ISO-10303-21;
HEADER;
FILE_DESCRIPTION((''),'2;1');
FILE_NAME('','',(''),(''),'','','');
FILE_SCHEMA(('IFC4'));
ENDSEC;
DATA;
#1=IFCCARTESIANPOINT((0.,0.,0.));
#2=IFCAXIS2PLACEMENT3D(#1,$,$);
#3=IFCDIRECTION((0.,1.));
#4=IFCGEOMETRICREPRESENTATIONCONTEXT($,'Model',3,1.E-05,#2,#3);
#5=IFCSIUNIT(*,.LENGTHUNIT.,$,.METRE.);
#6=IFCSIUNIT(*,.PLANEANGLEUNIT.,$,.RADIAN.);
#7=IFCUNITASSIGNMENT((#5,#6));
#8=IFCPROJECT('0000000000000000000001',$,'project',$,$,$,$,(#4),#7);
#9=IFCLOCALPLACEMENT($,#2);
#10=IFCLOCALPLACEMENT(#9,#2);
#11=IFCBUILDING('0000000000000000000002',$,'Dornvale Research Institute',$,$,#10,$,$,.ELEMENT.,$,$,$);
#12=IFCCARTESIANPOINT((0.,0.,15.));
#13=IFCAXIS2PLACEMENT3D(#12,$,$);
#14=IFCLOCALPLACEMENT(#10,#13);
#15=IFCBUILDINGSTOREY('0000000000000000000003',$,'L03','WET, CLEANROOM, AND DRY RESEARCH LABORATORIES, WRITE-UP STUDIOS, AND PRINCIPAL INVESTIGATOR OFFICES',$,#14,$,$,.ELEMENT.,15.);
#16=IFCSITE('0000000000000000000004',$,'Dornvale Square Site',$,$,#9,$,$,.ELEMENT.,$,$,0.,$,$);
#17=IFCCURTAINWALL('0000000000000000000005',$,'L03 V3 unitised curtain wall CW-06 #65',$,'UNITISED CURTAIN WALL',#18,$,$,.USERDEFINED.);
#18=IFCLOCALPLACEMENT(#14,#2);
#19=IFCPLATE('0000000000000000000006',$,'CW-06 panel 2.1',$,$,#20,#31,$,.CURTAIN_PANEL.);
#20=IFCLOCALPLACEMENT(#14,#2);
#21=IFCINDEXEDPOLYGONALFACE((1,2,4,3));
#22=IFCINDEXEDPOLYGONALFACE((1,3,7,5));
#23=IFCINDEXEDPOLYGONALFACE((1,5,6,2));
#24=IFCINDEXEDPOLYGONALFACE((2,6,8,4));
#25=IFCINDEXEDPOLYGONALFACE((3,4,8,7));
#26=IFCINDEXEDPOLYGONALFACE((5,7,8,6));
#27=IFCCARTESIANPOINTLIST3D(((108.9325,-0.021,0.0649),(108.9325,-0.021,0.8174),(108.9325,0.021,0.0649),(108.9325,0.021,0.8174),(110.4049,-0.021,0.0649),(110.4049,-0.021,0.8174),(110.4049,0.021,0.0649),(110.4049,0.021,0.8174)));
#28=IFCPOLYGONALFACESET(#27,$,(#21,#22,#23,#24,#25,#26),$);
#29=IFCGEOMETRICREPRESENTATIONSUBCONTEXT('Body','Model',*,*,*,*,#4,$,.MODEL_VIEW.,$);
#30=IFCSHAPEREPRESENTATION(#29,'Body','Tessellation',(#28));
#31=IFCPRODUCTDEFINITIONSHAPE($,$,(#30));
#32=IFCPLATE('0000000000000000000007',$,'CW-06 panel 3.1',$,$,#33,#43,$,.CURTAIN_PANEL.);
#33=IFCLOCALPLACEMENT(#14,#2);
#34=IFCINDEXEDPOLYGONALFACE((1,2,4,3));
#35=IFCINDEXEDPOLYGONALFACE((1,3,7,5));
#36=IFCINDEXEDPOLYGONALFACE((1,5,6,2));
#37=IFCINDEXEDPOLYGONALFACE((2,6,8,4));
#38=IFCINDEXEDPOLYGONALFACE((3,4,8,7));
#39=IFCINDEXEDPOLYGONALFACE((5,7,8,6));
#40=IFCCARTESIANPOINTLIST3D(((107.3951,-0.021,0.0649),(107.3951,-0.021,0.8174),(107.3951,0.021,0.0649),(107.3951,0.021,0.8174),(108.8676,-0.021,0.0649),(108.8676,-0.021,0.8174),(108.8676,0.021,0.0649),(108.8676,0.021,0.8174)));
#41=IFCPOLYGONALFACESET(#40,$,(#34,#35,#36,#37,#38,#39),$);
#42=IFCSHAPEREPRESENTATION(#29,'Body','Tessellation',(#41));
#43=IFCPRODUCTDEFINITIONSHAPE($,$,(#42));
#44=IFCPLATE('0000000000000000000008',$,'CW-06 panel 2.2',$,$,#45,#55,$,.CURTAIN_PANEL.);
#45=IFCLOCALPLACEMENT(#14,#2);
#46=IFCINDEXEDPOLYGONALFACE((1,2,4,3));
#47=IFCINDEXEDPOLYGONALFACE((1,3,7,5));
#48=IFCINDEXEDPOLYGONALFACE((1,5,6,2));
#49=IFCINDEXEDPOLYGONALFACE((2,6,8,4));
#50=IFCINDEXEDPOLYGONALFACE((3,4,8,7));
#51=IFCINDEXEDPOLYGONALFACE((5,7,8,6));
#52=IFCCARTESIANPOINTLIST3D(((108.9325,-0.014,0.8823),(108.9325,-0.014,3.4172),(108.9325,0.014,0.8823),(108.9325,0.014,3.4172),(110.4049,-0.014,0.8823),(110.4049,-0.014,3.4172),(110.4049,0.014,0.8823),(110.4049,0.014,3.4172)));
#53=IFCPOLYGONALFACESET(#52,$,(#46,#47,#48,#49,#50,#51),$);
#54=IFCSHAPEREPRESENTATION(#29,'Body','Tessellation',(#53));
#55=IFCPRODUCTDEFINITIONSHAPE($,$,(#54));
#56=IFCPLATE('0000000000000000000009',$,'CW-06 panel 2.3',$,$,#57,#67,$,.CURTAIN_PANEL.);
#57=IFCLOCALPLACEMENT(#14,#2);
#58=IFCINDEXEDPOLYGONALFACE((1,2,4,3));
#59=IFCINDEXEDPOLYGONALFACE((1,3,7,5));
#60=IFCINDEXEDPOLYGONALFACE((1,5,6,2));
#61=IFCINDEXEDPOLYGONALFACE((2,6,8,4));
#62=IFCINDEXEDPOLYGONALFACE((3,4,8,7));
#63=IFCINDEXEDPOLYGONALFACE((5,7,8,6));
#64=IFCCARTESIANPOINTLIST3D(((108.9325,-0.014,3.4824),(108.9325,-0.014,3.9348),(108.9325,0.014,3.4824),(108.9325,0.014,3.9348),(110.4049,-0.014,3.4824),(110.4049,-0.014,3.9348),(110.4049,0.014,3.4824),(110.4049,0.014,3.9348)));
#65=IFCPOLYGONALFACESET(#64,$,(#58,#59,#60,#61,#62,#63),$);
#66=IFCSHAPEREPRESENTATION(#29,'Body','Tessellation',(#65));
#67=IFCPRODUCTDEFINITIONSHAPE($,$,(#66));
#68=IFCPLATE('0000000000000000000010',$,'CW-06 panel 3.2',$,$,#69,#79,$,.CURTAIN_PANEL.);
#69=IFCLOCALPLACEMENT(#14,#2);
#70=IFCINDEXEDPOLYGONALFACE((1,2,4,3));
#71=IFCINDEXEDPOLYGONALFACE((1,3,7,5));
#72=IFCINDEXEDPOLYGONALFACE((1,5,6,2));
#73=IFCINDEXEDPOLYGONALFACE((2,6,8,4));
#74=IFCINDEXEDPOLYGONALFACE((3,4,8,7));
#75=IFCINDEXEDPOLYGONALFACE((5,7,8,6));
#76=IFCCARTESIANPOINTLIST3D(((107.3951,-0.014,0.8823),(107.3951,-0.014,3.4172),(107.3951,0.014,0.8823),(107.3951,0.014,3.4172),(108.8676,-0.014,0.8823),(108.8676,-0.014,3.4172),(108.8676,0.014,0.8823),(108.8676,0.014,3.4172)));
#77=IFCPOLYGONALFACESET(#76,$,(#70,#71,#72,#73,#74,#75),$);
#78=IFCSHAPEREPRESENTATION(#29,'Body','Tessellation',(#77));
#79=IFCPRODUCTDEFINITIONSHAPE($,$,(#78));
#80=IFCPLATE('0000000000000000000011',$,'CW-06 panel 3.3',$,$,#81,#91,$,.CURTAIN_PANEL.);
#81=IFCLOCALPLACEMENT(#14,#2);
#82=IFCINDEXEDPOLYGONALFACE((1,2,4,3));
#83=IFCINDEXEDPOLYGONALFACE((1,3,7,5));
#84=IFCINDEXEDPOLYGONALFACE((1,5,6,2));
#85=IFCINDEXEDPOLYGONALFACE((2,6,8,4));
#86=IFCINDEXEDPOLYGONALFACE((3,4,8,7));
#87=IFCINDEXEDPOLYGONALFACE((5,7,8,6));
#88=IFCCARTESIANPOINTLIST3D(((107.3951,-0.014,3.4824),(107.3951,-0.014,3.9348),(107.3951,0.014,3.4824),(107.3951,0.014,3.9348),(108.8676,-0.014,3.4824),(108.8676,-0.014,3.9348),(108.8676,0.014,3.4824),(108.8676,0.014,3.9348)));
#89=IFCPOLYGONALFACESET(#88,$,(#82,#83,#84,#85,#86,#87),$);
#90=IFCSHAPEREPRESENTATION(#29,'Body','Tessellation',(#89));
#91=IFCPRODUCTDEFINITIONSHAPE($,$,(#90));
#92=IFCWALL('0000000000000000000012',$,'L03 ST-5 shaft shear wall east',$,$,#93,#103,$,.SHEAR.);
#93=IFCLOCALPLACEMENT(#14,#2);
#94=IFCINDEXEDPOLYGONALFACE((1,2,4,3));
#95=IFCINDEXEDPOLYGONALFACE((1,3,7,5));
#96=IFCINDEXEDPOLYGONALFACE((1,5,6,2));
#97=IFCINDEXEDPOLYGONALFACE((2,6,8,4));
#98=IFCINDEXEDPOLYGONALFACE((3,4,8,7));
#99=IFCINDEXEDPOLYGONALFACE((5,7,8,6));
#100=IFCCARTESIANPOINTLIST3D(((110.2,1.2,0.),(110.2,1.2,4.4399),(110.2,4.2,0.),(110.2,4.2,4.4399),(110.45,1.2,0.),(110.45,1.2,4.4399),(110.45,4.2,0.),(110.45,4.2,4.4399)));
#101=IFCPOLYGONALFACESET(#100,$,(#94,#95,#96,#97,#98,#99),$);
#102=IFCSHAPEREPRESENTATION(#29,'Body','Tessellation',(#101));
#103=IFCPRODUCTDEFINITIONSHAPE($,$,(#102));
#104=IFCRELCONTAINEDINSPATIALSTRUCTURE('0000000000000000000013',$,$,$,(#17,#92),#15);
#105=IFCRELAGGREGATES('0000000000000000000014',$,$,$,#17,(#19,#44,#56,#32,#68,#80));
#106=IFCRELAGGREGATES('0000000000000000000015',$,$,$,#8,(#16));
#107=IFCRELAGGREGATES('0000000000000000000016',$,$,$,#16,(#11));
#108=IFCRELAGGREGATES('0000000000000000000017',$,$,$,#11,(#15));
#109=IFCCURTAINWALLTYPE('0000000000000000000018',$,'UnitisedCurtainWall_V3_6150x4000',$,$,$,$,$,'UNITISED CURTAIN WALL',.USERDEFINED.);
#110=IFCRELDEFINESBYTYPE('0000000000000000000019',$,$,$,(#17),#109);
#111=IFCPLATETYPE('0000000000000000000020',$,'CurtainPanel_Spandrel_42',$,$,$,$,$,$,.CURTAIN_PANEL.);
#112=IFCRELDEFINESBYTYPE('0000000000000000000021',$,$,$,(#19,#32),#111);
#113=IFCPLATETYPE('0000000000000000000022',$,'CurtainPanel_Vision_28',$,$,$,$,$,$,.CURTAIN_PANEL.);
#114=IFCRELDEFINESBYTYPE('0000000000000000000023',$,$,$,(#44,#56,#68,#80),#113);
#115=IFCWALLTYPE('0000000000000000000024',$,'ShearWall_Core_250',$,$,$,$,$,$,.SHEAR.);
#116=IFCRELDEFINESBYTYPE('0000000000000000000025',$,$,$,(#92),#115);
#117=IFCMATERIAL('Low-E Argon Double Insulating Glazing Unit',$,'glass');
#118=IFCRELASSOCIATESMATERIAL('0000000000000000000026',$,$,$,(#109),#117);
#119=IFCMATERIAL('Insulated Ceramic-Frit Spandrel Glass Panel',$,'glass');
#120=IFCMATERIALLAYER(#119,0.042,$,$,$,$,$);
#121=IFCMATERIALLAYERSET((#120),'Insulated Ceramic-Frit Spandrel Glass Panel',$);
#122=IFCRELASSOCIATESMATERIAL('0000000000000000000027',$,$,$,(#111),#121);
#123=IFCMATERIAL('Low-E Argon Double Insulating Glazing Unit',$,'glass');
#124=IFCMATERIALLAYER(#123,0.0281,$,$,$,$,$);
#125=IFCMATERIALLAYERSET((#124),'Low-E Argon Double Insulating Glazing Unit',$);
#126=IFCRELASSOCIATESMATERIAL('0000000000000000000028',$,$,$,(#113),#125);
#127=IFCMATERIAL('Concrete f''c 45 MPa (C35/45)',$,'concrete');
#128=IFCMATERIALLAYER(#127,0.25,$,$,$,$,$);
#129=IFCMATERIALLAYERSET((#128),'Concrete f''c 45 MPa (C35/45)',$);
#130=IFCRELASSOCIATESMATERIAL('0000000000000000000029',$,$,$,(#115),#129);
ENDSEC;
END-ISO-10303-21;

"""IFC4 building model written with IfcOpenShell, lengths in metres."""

from ifc_helpers import new_model, si_unit, direction, frame, frame_2d, origin, origin_2d, place, context, subcontext, project, spatial, rectangle, extrude, material, layer, layer_set, type_object, element, aggregate, save


model = new_model("IFC4")

# Units and contexts
model_context = context("Model", 3, precision=1e-05, world=origin(), true_north=direction((0.0, 1.0)))
body_context = subcontext(model_context, "Body", "Model", "MODEL_VIEW")
ifc_project = project(units=[si_unit("LENGTHUNIT", "METRE"), si_unit("PLANEANGLEUNIT", "RADIAN")], contexts=[model_context])

# Site, building, storey
site_placement = place(None, origin())
site = spatial("IfcSite", under=ifc_project, at=site_placement, Name="Dornvale Square Site", CompositionType="ELEMENT", RefElevation=0.0)
building_placement = place(site_placement, origin())
building = spatial("IfcBuilding", under=site, at=building_placement, Name="Dornvale Research Institute", CompositionType="ELEMENT")
storey_placement = place(building_placement, frame((0.0, 0.0, 15.0)))
storey = spatial("IfcBuildingStorey", under=building, at=storey_placement, Name="L03", Description="WET, CLEANROOM, AND DRY RESEARCH LABORATORIES, WRITE-UP STUDIOS, AND PRINCIPAL INVESTIGATOR OFFICES", CompositionType="ELEMENT", Elevation=15.0)

# Curtain wall, plates
ifc_material_1 = material(Name="Low-E Argon Double Insulating Glazing Unit", Category="glass")
curtain_wall_type = type_object("IfcCurtainWallType", Name="UnitisedCurtainWall_V3_6150x4000", ElementType="UNITISED CURTAIN WALL", PredefinedType="USERDEFINED", material=ifc_material_1)
curtain_wall_placement = place(storey_placement, origin())
curtain_wall = element("IfcCurtainWall", 1, at=curtain_wall_placement, inside=storey, type_object=curtain_wall_type, Name="L03 V3 unitised curtain wall CW-06 #65", ObjectType="UNITISED CURTAIN WALL", PredefinedType="USERDEFINED")
ifc_material_2 = material(Name="Insulated Ceramic-Frit Spandrel Glass Panel", Category="glass")
ifc_layer_1 = layer(ifc_material_2, 0.042)
ifc_layer_set_1 = layer_set([ifc_layer_1], Name="Insulated Ceramic-Frit Spandrel Glass Panel")
plate_type_1 = type_object("IfcPlateType", Name="CurtainPanel_Spandrel_42", PredefinedType="CURTAIN_PANEL", material=ifc_layer_set_1)
plate_1_placement = place(storey_placement, frame((109.6687, 0.0, 0.0649), z_axis=(0.0, 0.0, 1.0), x_axis=(-1.0, 0.0, 0.0)))
plate_1 = element("IfcPlate", 2, at=plate_1_placement, type_object=plate_type_1, Name="CW-06 panel 2.1", PredefinedType="CURTAIN_PANEL", context=body_context, shape_type="SweptSolid", body=[
    extrude(rectangle(XDim=1.4724, YDim=0.042, at=origin_2d()), origin(), (0.0, 0.0, 1.0), 0.7524),
])
plate_2_placement = place(storey_placement, frame((108.1313, 0.0, 0.0649), z_axis=(0.0, 0.0, 1.0), x_axis=(-1.0, 0.0, 0.0)))
plate_2 = element("IfcPlate", 3, at=plate_2_placement, type_object=plate_type_1, Name="CW-06 panel 3.1", PredefinedType="CURTAIN_PANEL", context=body_context, shape_type="SweptSolid", body=[
    extrude(rectangle(XDim=1.4724, YDim=0.042, at=origin_2d()), origin(), (0.0, 0.0, 1.0), 0.7524),
])
ifc_material_3 = material(Name="Low-E Argon Double Insulating Glazing Unit", Category="glass")
ifc_layer_2 = layer(ifc_material_3, 0.0281)
ifc_layer_set_2 = layer_set([ifc_layer_2], Name="Low-E Argon Double Insulating Glazing Unit")
plate_type_2 = type_object("IfcPlateType", Name="CurtainPanel_Vision_28", PredefinedType="CURTAIN_PANEL", material=ifc_layer_set_2)
plate_3_placement = place(storey_placement, frame((109.6687, 0.0, 0.8823), z_axis=(0.0, 0.0, 1.0), x_axis=(-1.0, 0.0, 0.0)))
plate_3 = element("IfcPlate", 4, at=plate_3_placement, type_object=plate_type_2, Name="CW-06 panel 2.2", PredefinedType="CURTAIN_PANEL", context=body_context, shape_type="SweptSolid", body=[
    extrude(rectangle(XDim=1.4724, YDim=0.0281, at=origin_2d()), origin(), (0.0, 0.0, 1.0), 2.5349),
])
plate_4_placement = place(storey_placement, frame((109.6687, 0.0, 3.4824), z_axis=(0.0, 0.0, 1.0), x_axis=(-1.0, 0.0, 0.0)))
plate_4 = element("IfcPlate", 5, at=plate_4_placement, type_object=plate_type_2, Name="CW-06 panel 2.3", PredefinedType="CURTAIN_PANEL", context=body_context, shape_type="SweptSolid", body=[
    extrude(rectangle(XDim=1.4724, YDim=0.0281, at=origin_2d()), origin(), (0.0, 0.0, 1.0), 0.4524),
])
plate_5_placement = place(storey_placement, frame((108.1313, 0.0, 0.8823), z_axis=(0.0, 0.0, 1.0), x_axis=(-1.0, 0.0, 0.0)))
plate_5 = element("IfcPlate", 6, at=plate_5_placement, type_object=plate_type_2, Name="CW-06 panel 3.2", PredefinedType="CURTAIN_PANEL", context=body_context, shape_type="SweptSolid", body=[
    extrude(rectangle(XDim=1.4724, YDim=0.0281, at=origin_2d()), origin(), (0.0, 0.0, 1.0), 2.5349),
])
plate_6_placement = place(storey_placement, frame((108.1313, 0.0, 3.4824), z_axis=(0.0, 0.0, 1.0), x_axis=(-1.0, 0.0, 0.0)))
plate_6 = element("IfcPlate", 7, at=plate_6_placement, type_object=plate_type_2, Name="CW-06 panel 3.3", PredefinedType="CURTAIN_PANEL", context=body_context, shape_type="SweptSolid", body=[
    extrude(rectangle(XDim=1.4724, YDim=0.0281, at=origin_2d()), origin(), (0.0, 0.0, 1.0), 0.4524),
])
aggregate(curtain_wall, [plate_1, plate_3, plate_4, plate_2, plate_5, plate_6])

# Wall
ifc_material_4 = material(Name="Concrete f'c 45 MPa (C35/45)", Category="concrete")
ifc_layer_3 = layer(ifc_material_4, 0.25)
ifc_layer_set_3 = layer_set([ifc_layer_3], Name="Concrete f'c 45 MPa (C35/45)")
wall_type = type_object("IfcWallType", Name="ShearWall_Core_250", PredefinedType="SHEAR", material=ifc_layer_set_3)
wall_placement = place(storey_placement, frame((110.325, 1.2, 0.0), z_axis=(0.0, 0.0, 1.0), x_axis=(0.0, 1.0, 0.0)))
element("IfcWall", 8, at=wall_placement, inside=storey, type_object=wall_type, Name="L03 ST-5 shaft shear wall east", PredefinedType="SHEAR", context=body_context, shape_type="SweptSolid", body=[
    extrude(rectangle(XDim=3.0, YDim=0.25, at=frame_2d((1.5, 0.0))), origin(), (0.0, 0.0, 1.0), 4.4399),
])

save(model, "model.ifc")
